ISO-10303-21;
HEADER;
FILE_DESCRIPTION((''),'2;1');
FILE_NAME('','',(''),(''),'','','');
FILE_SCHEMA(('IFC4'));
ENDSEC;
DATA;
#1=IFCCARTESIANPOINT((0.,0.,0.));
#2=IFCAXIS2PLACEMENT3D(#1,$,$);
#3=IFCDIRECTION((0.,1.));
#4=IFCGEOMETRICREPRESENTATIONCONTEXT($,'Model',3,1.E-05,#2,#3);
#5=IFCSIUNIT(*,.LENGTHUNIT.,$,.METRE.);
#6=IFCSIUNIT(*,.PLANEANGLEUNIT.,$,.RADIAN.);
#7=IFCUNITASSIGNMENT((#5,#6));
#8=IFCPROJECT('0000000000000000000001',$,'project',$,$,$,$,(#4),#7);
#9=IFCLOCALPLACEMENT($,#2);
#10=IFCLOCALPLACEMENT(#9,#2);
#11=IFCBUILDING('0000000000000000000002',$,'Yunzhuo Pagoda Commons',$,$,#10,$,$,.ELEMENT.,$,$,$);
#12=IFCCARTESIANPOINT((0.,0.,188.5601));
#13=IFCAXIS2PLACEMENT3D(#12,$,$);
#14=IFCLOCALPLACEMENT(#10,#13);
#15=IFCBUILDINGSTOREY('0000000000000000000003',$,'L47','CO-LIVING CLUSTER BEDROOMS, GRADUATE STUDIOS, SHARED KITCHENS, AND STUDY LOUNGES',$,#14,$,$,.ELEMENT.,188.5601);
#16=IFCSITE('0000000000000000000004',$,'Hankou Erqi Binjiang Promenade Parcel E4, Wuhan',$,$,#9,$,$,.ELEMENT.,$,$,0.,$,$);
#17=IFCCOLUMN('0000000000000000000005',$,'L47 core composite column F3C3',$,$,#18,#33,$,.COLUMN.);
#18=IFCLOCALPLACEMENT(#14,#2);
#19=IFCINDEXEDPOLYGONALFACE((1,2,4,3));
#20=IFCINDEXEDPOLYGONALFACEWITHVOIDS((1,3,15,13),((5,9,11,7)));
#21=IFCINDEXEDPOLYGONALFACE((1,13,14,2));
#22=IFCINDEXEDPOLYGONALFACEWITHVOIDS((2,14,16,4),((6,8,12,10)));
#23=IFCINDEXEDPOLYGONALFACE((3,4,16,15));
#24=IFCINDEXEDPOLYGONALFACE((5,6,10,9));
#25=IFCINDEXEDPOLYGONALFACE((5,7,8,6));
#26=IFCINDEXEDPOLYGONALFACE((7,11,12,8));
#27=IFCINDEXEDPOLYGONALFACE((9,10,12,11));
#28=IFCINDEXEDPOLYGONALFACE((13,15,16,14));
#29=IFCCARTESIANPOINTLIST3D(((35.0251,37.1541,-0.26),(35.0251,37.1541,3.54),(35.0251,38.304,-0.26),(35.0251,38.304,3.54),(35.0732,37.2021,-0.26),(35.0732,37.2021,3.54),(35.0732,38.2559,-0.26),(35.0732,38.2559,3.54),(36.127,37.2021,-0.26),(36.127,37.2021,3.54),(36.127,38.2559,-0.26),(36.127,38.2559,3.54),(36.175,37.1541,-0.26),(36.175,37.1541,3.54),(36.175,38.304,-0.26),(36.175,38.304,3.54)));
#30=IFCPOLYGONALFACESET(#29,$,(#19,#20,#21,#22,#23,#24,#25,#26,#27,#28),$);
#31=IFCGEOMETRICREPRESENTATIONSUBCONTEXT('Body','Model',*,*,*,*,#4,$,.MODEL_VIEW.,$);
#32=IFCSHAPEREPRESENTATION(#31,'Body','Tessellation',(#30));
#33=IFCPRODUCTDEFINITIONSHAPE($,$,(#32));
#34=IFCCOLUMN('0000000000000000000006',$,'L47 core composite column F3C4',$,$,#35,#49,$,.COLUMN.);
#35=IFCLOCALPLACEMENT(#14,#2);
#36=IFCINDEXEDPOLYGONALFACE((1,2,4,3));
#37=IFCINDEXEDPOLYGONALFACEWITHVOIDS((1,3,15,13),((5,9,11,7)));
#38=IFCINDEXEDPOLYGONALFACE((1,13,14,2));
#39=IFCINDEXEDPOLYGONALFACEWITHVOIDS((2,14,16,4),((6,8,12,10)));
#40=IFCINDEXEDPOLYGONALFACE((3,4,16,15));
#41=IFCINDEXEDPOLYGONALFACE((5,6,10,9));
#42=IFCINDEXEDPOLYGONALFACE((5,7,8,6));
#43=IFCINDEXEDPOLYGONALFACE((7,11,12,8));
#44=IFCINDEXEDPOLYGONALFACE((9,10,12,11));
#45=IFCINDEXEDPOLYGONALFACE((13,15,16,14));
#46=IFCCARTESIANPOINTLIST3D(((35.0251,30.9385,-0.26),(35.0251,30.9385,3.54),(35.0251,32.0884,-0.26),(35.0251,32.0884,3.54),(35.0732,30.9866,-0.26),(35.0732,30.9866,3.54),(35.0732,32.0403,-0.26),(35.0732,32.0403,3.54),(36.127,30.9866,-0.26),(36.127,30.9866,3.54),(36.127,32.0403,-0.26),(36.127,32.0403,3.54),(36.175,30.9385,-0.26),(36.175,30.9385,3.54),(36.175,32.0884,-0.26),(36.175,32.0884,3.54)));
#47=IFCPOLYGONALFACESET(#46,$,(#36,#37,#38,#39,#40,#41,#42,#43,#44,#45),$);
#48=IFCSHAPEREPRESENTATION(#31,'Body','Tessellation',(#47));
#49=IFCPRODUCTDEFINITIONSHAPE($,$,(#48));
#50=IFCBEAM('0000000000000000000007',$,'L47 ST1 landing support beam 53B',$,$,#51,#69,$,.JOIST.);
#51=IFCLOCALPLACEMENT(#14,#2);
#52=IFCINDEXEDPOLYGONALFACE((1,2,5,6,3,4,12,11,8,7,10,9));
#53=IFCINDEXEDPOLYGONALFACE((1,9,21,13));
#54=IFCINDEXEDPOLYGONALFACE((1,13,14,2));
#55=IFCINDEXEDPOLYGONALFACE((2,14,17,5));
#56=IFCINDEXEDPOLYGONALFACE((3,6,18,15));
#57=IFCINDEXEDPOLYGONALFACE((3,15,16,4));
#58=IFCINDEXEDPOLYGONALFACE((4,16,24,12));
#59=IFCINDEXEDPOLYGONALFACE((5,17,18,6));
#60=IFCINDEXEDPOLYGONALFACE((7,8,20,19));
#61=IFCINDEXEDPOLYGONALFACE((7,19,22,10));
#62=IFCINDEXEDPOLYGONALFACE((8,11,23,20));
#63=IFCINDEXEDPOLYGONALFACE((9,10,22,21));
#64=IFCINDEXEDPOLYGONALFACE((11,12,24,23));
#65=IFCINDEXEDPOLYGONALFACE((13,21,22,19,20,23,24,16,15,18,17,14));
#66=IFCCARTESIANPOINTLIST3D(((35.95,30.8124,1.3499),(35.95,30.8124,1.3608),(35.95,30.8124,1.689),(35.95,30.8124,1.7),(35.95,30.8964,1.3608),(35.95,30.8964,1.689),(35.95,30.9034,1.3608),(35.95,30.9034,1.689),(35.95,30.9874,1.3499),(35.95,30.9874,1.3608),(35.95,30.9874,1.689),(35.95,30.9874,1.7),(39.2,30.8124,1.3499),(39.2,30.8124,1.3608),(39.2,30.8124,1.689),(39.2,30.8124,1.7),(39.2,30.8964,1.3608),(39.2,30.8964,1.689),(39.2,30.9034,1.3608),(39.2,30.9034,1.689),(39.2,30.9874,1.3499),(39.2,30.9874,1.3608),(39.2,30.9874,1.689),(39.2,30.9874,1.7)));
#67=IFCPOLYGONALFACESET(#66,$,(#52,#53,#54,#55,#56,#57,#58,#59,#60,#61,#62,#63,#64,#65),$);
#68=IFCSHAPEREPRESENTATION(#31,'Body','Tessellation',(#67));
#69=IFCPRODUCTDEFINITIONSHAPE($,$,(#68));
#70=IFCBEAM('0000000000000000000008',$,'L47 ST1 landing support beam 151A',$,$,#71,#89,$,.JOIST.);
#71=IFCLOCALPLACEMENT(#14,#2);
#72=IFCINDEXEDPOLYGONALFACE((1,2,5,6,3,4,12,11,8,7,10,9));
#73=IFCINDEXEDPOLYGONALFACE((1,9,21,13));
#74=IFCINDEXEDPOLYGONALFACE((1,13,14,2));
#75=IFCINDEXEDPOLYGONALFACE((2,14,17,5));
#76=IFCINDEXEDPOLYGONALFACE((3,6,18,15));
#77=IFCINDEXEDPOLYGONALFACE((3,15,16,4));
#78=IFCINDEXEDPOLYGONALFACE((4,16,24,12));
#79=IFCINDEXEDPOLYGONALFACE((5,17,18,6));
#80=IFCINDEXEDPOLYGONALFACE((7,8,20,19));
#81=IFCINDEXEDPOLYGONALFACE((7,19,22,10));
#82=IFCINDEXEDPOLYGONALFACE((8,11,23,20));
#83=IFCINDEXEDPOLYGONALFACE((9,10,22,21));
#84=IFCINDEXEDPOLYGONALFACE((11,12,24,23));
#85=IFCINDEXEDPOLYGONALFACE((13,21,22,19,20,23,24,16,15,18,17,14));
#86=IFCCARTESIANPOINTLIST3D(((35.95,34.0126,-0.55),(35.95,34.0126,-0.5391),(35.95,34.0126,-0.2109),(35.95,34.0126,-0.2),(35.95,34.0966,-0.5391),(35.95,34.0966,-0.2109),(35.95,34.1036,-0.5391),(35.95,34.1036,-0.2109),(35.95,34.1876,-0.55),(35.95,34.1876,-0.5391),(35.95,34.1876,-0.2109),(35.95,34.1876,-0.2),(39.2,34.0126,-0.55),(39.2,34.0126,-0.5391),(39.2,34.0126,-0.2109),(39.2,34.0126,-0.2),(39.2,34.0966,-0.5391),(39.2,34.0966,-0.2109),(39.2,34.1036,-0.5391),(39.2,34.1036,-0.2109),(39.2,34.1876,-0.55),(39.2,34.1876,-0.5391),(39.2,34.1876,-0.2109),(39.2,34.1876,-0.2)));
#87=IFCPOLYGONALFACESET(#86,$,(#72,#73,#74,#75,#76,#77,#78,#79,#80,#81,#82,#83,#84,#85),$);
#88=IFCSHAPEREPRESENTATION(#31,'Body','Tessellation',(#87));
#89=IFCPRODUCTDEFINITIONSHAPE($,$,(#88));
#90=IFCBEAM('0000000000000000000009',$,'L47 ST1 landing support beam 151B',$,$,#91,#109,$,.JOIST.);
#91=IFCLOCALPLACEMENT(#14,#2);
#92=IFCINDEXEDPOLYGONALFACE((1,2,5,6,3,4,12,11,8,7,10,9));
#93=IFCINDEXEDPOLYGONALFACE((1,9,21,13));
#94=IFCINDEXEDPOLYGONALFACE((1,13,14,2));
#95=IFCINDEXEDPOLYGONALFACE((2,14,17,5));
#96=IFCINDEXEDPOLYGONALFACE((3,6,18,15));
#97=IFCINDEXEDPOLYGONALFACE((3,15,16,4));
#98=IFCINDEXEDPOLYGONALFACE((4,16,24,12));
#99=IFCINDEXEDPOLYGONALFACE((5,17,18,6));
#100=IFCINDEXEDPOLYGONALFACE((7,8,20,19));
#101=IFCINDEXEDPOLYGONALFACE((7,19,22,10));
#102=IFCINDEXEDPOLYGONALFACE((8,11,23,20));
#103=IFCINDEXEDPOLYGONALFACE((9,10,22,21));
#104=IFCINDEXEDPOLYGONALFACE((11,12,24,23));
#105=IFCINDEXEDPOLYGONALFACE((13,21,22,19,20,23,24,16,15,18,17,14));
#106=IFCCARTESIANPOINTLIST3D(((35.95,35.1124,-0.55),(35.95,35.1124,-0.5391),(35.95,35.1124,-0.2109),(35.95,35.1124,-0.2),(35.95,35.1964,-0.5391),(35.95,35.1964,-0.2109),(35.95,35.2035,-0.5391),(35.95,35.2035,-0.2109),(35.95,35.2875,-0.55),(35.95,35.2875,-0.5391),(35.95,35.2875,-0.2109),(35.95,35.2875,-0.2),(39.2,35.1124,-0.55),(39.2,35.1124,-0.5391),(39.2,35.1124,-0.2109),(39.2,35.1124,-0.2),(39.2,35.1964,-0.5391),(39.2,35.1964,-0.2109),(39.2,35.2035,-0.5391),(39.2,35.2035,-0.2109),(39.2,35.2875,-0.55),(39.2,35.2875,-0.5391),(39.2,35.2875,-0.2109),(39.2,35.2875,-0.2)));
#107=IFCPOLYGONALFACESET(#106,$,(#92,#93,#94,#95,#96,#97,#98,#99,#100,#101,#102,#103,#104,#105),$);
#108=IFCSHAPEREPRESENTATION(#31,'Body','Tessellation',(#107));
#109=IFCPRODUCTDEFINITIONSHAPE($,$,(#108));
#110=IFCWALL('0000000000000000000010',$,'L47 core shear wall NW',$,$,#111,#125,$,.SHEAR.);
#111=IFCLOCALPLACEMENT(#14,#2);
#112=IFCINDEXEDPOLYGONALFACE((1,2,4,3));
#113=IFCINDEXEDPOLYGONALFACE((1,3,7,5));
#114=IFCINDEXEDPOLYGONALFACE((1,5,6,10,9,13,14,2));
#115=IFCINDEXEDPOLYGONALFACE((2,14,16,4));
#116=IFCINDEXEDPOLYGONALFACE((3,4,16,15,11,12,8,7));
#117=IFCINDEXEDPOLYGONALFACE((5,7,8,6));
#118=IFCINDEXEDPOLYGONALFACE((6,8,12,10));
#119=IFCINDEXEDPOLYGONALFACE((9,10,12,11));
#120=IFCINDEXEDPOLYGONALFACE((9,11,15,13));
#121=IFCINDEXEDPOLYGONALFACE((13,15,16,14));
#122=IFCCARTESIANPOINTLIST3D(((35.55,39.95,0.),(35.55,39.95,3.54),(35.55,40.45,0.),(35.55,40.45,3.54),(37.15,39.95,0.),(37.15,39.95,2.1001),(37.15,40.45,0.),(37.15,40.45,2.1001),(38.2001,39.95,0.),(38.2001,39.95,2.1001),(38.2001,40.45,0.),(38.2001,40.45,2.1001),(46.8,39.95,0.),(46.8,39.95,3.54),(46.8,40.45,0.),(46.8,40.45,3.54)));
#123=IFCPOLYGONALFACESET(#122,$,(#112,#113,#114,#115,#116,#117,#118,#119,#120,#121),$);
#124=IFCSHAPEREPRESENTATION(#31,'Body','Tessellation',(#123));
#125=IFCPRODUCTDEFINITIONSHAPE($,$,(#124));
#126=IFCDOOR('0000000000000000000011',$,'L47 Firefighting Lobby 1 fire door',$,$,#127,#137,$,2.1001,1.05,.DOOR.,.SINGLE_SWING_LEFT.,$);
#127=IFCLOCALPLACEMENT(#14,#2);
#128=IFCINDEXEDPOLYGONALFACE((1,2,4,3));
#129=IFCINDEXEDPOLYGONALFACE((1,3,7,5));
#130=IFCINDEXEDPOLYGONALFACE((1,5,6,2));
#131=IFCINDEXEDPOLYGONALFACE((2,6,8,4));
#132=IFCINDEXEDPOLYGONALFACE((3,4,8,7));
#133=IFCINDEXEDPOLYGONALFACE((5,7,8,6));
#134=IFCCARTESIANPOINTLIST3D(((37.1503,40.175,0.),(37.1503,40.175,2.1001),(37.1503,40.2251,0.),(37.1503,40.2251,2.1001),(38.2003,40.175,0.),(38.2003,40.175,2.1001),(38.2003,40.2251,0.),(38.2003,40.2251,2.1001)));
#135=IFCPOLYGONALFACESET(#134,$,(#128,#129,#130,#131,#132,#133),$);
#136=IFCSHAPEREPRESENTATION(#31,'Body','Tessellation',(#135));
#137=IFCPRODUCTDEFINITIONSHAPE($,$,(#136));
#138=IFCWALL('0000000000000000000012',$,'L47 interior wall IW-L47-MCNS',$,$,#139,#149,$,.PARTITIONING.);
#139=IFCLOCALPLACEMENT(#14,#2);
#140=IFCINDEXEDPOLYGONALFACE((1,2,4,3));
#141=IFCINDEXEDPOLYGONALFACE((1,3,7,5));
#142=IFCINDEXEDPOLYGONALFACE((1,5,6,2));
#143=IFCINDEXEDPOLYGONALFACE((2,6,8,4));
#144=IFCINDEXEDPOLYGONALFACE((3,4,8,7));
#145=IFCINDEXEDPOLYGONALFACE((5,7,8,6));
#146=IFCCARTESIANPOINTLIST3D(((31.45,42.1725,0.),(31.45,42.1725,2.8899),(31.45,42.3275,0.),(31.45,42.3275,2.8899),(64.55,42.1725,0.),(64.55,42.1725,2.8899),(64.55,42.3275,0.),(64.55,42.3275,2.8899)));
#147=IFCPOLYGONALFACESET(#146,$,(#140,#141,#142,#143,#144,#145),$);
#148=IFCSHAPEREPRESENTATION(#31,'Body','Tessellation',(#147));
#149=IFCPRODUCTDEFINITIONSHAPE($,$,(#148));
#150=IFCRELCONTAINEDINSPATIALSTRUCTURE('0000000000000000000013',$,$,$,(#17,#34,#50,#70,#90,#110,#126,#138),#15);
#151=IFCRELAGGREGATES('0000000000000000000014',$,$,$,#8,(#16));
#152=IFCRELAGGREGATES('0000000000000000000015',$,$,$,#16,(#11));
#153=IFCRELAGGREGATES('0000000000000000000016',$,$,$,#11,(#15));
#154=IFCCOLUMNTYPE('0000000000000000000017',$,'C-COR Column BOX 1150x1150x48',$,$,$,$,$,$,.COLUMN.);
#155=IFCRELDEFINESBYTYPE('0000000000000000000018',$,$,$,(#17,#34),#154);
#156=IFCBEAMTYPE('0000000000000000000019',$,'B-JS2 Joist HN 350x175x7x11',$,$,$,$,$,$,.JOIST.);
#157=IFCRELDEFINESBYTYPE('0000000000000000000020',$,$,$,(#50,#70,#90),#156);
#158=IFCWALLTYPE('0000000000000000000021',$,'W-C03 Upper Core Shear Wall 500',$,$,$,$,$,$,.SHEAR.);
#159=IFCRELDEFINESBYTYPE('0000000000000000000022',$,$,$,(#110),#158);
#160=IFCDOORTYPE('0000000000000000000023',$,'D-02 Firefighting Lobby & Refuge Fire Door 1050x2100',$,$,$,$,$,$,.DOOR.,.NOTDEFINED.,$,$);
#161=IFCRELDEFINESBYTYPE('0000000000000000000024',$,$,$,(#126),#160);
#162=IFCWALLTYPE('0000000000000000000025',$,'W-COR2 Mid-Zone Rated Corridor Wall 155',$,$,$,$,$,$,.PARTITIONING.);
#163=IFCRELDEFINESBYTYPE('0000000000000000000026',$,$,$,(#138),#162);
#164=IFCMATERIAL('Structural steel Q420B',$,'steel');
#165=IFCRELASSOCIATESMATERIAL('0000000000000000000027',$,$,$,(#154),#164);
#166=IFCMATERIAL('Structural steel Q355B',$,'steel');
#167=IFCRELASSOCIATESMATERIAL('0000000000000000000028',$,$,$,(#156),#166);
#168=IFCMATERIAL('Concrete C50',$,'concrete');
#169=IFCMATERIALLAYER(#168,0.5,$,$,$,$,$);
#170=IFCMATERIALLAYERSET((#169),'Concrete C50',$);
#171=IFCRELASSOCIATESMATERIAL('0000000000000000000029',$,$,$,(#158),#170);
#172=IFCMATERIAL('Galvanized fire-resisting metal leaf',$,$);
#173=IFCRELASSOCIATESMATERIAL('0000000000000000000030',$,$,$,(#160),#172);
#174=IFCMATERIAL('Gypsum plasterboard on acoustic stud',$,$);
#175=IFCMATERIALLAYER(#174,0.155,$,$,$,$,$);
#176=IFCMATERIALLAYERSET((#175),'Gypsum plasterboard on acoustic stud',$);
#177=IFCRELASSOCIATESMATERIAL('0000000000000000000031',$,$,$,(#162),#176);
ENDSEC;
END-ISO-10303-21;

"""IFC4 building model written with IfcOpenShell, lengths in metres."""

from ifc_helpers import new_model, si_unit, direction, frame, frame_2d, origin, origin_2d, place, context, subcontext, project, spatial, rectangle, hollow_rectangle, i_section, extrude, source, transform, mapped, material, layer, layer_set, material_profile, profile_set, type_object, element, fill, save


model = new_model("IFC4")

# Units and contexts
model_context = context("Model", 3, precision=1e-05, world=origin(), true_north=direction((0.0, 1.0)))
body_context = subcontext(model_context, "Body", "Model", "MODEL_VIEW")
ifc_project = project(units=[si_unit("LENGTHUNIT", "METRE"), si_unit("PLANEANGLEUNIT", "RADIAN")], contexts=[model_context])

# Site, building, storey
site_placement = place(None, origin())
site = spatial("IfcSite", under=ifc_project, at=site_placement, Name="Hankou Erqi Binjiang Promenade Parcel E4, Wuhan", CompositionType="ELEMENT", RefElevation=0.0)
building_placement = place(site_placement, origin())
building = spatial("IfcBuilding", under=site, at=building_placement, Name="Yunzhuo Pagoda Commons", CompositionType="ELEMENT")
storey_placement = place(building_placement, frame((0.0, 0.0, 188.5601)))
storey = spatial("IfcBuildingStorey", under=building, at=storey_placement, Name="L47", Description="CO-LIVING CLUSTER BEDROOMS, GRADUATE STUDIOS, SHARED KITCHENS, AND STUDY LOUNGES", CompositionType="ELEMENT", Elevation=188.5601)

# Columns
ifc_material_1 = material(Name="Structural steel Q420B", Category="steel")
ifc_material_profile_1 = material_profile(ifc_material_1, hollow_rectangle(XDim=1.1499, YDim=1.1499, WallThickness=0.0481, at=origin_2d()), Name="Structural steel Q420B")
ifc_profile_set_1 = profile_set([ifc_material_profile_1], Name="Structural steel Q420B")
column_type = type_object("IfcColumnType", Name="C-COR Column BOX 1150x1150x48", PredefinedType="COLUMN", material=ifc_profile_set_1)
shared_shape_1 = source(origin(), body_context, "Body", "SweptSolid", [
    extrude(hollow_rectangle(XDim=1.1499, YDim=1.1499, WallThickness=0.0481, at=origin_2d()), origin(), (0.0, 0.0, 1.0), 3.8),
])
for number, where, z_axis, x_axis, name in (
    (1, (35.6001, 37.729, -0.26), (0.0, 0.0, 1.0), (1.0, 0.0, 0.0), "L47 core composite column F3C3"),
    (2, (35.6001, 31.5134, -0.26), (0.0, 0.0, 1.0), (1.0, 0.0, 0.0), "L47 core composite column F3C4"),
):
    element("IfcColumn", number, at=place(storey_placement, frame(where, z_axis=z_axis, x_axis=x_axis)), inside=storey, type_object=column_type, Name=name, PredefinedType="COLUMN", context=body_context, shape_type="MappedRepresentation", body=[
        mapped(shared_shape_1, transform((0.0, 0.0, 0.0), scale=1.0)),
    ])

# Beams
ifc_material_2 = material(Name="Structural steel Q355B", Category="steel")
ifc_material_profile_2 = material_profile(ifc_material_2, i_section(OverallWidth=0.175, OverallDepth=0.3501, WebThickness=0.0071, FlangeThickness=0.011, at=origin_2d()), Name="Structural steel Q355B")
ifc_profile_set_2 = profile_set([ifc_material_profile_2], Name="Structural steel Q355B")
beam_type = type_object("IfcBeamType", Name="B-JS2 Joist HN 350x175x7x11", PredefinedType="JOIST", material=ifc_profile_set_2)
shared_shape_2 = source(origin(), body_context, "Body", "SweptSolid", [
    extrude(i_section(OverallWidth=0.175, OverallDepth=0.3501, WebThickness=0.0071, FlangeThickness=0.011, at=origin_2d()), origin(), (0.0, 0.0, 1.0), 3.25),
])
for number, where, z_axis, x_axis, name in (
    (3, (35.95, 30.8999, 1.5249), (1.0, 0.0, 0.0), (0.0, 1.0, 0.0), "L47 ST1 landing support beam 53B"),
    (4, (35.95, 34.1001, -0.375), (1.0, 0.0, 0.0), (0.0, 1.0, 0.0), "L47 ST1 landing support beam 151A"),
    (5, (35.95, 35.2, -0.375), (1.0, 0.0, 0.0), (0.0, 1.0, 0.0), "L47 ST1 landing support beam 151B"),
):
    element("IfcBeam", number, at=place(storey_placement, frame(where, z_axis=z_axis, x_axis=x_axis)), inside=storey, type_object=beam_type, Name=name, PredefinedType="JOIST", context=body_context, shape_type="MappedRepresentation", body=[
        mapped(shared_shape_2, transform((0.0, 0.0, 0.0), scale=1.0)),
    ])

# Wall, opening, door
ifc_material_3 = material(Name="Concrete C50", Category="concrete")
ifc_layer_1 = layer(ifc_material_3, 0.5)
ifc_layer_set_1 = layer_set([ifc_layer_1], Name="Concrete C50")
wall_type_1 = type_object("IfcWallType", Name="W-C03 Upper Core Shear Wall 500", PredefinedType="SHEAR", material=ifc_layer_set_1)
wall_1_placement = place(storey_placement, frame((35.55, 40.2, 0.0), z_axis=(0.0, 0.0, 1.0), x_axis=(1.0, 0.0, 0.0)))
wall_1 = element("IfcWall", 6, at=wall_1_placement, inside=storey, type_object=wall_type_1, Name="L47 core shear wall NW", PredefinedType="SHEAR", context=body_context, shape_type="SweptSolid", body=[
    extrude(rectangle(XDim=11.25, YDim=0.5, at=frame_2d((5.625, 0.0))), origin(), (0.0, 0.0, 1.0), 3.54),
])
opening_1_placement = place(wall_1_placement, frame((1.6001, 0.0, 0.0)))
opening_1 = element("IfcOpeningElement", 7, at=opening_1_placement, cuts=wall_1, PredefinedType="OPENING", context=body_context, shape_type="SweptSolid", body=[
    extrude(rectangle(XDim=1.05, YDim=2.1001, at=frame_2d((0.5249, 1.05))), frame((0.0, 0.26, 0.0), z_axis=(0.0, -1.0, 0.0), x_axis=(1.0, 0.0, 0.0)), (0.0, 0.0, 1.0), 0.52),
])
ifc_material_4 = material(Name="Galvanized fire-resisting metal leaf")
door_type_1 = type_object("IfcDoorType", Name="D-02 Firefighting Lobby & Refuge Fire Door 1050x2100", OperationType="NOTDEFINED", PredefinedType="DOOR", material=ifc_material_4)
shared_shape_3 = source(origin(), body_context, "Body", "SweptSolid", [
    extrude(rectangle(XDim=1.05, YDim=2.1001, at=frame_2d((0.5249, 1.05))), frame((0.0, 0.0249, 0.0), z_axis=(0.0, -1.0, 0.0), x_axis=(1.0, 0.0, 0.0)), (0.0, 0.0, 1.0), 0.05),
])
door_1_placement = place(opening_1_placement, frame((1.05, 0.0, 0.0), z_axis=(0.0, 0.0, 1.0), x_axis=(-1.0, 0.0, 0.0)))
door_1 = element("IfcDoor", 8, at=door_1_placement, inside=storey, type_object=door_type_1, Name="L47 Firefighting Lobby 1 fire door", OperationType="SINGLE_SWING_LEFT", OverallHeight=2.1001, OverallWidth=1.05, PredefinedType="DOOR", context=body_context, shape_type="MappedRepresentation", body=[
    mapped(shared_shape_3, transform((0.0, 0.0, 0.0), scale=1.0)),
])
fill(opening_1, door_1)

# Wall
ifc_material_5 = material(Name="Gypsum plasterboard on acoustic stud")
ifc_layer_2 = layer(ifc_material_5, 0.155)
ifc_layer_set_2 = layer_set([ifc_layer_2], Name="Gypsum plasterboard on acoustic stud")
wall_type_2 = type_object("IfcWallType", Name="W-COR2 Mid-Zone Rated Corridor Wall 155", PredefinedType="PARTITIONING", material=ifc_layer_set_2)
wall_2_placement = place(storey_placement, frame((31.45, 42.25, 0.0), z_axis=(0.0, 0.0, 1.0), x_axis=(1.0, 0.0, 0.0)))
element("IfcWall", 9, at=wall_2_placement, inside=storey, type_object=wall_type_2, Name="L47 interior wall IW-L47-MCNS", PredefinedType="PARTITIONING", context=body_context, shape_type="SweptSolid", body=[
    extrude(rectangle(XDim=33.1001, YDim=0.155, at=frame_2d((16.55, 0.0))), origin(), (0.0, 0.0, 1.0), 2.8899),
])

save(model, "model.ifc")
